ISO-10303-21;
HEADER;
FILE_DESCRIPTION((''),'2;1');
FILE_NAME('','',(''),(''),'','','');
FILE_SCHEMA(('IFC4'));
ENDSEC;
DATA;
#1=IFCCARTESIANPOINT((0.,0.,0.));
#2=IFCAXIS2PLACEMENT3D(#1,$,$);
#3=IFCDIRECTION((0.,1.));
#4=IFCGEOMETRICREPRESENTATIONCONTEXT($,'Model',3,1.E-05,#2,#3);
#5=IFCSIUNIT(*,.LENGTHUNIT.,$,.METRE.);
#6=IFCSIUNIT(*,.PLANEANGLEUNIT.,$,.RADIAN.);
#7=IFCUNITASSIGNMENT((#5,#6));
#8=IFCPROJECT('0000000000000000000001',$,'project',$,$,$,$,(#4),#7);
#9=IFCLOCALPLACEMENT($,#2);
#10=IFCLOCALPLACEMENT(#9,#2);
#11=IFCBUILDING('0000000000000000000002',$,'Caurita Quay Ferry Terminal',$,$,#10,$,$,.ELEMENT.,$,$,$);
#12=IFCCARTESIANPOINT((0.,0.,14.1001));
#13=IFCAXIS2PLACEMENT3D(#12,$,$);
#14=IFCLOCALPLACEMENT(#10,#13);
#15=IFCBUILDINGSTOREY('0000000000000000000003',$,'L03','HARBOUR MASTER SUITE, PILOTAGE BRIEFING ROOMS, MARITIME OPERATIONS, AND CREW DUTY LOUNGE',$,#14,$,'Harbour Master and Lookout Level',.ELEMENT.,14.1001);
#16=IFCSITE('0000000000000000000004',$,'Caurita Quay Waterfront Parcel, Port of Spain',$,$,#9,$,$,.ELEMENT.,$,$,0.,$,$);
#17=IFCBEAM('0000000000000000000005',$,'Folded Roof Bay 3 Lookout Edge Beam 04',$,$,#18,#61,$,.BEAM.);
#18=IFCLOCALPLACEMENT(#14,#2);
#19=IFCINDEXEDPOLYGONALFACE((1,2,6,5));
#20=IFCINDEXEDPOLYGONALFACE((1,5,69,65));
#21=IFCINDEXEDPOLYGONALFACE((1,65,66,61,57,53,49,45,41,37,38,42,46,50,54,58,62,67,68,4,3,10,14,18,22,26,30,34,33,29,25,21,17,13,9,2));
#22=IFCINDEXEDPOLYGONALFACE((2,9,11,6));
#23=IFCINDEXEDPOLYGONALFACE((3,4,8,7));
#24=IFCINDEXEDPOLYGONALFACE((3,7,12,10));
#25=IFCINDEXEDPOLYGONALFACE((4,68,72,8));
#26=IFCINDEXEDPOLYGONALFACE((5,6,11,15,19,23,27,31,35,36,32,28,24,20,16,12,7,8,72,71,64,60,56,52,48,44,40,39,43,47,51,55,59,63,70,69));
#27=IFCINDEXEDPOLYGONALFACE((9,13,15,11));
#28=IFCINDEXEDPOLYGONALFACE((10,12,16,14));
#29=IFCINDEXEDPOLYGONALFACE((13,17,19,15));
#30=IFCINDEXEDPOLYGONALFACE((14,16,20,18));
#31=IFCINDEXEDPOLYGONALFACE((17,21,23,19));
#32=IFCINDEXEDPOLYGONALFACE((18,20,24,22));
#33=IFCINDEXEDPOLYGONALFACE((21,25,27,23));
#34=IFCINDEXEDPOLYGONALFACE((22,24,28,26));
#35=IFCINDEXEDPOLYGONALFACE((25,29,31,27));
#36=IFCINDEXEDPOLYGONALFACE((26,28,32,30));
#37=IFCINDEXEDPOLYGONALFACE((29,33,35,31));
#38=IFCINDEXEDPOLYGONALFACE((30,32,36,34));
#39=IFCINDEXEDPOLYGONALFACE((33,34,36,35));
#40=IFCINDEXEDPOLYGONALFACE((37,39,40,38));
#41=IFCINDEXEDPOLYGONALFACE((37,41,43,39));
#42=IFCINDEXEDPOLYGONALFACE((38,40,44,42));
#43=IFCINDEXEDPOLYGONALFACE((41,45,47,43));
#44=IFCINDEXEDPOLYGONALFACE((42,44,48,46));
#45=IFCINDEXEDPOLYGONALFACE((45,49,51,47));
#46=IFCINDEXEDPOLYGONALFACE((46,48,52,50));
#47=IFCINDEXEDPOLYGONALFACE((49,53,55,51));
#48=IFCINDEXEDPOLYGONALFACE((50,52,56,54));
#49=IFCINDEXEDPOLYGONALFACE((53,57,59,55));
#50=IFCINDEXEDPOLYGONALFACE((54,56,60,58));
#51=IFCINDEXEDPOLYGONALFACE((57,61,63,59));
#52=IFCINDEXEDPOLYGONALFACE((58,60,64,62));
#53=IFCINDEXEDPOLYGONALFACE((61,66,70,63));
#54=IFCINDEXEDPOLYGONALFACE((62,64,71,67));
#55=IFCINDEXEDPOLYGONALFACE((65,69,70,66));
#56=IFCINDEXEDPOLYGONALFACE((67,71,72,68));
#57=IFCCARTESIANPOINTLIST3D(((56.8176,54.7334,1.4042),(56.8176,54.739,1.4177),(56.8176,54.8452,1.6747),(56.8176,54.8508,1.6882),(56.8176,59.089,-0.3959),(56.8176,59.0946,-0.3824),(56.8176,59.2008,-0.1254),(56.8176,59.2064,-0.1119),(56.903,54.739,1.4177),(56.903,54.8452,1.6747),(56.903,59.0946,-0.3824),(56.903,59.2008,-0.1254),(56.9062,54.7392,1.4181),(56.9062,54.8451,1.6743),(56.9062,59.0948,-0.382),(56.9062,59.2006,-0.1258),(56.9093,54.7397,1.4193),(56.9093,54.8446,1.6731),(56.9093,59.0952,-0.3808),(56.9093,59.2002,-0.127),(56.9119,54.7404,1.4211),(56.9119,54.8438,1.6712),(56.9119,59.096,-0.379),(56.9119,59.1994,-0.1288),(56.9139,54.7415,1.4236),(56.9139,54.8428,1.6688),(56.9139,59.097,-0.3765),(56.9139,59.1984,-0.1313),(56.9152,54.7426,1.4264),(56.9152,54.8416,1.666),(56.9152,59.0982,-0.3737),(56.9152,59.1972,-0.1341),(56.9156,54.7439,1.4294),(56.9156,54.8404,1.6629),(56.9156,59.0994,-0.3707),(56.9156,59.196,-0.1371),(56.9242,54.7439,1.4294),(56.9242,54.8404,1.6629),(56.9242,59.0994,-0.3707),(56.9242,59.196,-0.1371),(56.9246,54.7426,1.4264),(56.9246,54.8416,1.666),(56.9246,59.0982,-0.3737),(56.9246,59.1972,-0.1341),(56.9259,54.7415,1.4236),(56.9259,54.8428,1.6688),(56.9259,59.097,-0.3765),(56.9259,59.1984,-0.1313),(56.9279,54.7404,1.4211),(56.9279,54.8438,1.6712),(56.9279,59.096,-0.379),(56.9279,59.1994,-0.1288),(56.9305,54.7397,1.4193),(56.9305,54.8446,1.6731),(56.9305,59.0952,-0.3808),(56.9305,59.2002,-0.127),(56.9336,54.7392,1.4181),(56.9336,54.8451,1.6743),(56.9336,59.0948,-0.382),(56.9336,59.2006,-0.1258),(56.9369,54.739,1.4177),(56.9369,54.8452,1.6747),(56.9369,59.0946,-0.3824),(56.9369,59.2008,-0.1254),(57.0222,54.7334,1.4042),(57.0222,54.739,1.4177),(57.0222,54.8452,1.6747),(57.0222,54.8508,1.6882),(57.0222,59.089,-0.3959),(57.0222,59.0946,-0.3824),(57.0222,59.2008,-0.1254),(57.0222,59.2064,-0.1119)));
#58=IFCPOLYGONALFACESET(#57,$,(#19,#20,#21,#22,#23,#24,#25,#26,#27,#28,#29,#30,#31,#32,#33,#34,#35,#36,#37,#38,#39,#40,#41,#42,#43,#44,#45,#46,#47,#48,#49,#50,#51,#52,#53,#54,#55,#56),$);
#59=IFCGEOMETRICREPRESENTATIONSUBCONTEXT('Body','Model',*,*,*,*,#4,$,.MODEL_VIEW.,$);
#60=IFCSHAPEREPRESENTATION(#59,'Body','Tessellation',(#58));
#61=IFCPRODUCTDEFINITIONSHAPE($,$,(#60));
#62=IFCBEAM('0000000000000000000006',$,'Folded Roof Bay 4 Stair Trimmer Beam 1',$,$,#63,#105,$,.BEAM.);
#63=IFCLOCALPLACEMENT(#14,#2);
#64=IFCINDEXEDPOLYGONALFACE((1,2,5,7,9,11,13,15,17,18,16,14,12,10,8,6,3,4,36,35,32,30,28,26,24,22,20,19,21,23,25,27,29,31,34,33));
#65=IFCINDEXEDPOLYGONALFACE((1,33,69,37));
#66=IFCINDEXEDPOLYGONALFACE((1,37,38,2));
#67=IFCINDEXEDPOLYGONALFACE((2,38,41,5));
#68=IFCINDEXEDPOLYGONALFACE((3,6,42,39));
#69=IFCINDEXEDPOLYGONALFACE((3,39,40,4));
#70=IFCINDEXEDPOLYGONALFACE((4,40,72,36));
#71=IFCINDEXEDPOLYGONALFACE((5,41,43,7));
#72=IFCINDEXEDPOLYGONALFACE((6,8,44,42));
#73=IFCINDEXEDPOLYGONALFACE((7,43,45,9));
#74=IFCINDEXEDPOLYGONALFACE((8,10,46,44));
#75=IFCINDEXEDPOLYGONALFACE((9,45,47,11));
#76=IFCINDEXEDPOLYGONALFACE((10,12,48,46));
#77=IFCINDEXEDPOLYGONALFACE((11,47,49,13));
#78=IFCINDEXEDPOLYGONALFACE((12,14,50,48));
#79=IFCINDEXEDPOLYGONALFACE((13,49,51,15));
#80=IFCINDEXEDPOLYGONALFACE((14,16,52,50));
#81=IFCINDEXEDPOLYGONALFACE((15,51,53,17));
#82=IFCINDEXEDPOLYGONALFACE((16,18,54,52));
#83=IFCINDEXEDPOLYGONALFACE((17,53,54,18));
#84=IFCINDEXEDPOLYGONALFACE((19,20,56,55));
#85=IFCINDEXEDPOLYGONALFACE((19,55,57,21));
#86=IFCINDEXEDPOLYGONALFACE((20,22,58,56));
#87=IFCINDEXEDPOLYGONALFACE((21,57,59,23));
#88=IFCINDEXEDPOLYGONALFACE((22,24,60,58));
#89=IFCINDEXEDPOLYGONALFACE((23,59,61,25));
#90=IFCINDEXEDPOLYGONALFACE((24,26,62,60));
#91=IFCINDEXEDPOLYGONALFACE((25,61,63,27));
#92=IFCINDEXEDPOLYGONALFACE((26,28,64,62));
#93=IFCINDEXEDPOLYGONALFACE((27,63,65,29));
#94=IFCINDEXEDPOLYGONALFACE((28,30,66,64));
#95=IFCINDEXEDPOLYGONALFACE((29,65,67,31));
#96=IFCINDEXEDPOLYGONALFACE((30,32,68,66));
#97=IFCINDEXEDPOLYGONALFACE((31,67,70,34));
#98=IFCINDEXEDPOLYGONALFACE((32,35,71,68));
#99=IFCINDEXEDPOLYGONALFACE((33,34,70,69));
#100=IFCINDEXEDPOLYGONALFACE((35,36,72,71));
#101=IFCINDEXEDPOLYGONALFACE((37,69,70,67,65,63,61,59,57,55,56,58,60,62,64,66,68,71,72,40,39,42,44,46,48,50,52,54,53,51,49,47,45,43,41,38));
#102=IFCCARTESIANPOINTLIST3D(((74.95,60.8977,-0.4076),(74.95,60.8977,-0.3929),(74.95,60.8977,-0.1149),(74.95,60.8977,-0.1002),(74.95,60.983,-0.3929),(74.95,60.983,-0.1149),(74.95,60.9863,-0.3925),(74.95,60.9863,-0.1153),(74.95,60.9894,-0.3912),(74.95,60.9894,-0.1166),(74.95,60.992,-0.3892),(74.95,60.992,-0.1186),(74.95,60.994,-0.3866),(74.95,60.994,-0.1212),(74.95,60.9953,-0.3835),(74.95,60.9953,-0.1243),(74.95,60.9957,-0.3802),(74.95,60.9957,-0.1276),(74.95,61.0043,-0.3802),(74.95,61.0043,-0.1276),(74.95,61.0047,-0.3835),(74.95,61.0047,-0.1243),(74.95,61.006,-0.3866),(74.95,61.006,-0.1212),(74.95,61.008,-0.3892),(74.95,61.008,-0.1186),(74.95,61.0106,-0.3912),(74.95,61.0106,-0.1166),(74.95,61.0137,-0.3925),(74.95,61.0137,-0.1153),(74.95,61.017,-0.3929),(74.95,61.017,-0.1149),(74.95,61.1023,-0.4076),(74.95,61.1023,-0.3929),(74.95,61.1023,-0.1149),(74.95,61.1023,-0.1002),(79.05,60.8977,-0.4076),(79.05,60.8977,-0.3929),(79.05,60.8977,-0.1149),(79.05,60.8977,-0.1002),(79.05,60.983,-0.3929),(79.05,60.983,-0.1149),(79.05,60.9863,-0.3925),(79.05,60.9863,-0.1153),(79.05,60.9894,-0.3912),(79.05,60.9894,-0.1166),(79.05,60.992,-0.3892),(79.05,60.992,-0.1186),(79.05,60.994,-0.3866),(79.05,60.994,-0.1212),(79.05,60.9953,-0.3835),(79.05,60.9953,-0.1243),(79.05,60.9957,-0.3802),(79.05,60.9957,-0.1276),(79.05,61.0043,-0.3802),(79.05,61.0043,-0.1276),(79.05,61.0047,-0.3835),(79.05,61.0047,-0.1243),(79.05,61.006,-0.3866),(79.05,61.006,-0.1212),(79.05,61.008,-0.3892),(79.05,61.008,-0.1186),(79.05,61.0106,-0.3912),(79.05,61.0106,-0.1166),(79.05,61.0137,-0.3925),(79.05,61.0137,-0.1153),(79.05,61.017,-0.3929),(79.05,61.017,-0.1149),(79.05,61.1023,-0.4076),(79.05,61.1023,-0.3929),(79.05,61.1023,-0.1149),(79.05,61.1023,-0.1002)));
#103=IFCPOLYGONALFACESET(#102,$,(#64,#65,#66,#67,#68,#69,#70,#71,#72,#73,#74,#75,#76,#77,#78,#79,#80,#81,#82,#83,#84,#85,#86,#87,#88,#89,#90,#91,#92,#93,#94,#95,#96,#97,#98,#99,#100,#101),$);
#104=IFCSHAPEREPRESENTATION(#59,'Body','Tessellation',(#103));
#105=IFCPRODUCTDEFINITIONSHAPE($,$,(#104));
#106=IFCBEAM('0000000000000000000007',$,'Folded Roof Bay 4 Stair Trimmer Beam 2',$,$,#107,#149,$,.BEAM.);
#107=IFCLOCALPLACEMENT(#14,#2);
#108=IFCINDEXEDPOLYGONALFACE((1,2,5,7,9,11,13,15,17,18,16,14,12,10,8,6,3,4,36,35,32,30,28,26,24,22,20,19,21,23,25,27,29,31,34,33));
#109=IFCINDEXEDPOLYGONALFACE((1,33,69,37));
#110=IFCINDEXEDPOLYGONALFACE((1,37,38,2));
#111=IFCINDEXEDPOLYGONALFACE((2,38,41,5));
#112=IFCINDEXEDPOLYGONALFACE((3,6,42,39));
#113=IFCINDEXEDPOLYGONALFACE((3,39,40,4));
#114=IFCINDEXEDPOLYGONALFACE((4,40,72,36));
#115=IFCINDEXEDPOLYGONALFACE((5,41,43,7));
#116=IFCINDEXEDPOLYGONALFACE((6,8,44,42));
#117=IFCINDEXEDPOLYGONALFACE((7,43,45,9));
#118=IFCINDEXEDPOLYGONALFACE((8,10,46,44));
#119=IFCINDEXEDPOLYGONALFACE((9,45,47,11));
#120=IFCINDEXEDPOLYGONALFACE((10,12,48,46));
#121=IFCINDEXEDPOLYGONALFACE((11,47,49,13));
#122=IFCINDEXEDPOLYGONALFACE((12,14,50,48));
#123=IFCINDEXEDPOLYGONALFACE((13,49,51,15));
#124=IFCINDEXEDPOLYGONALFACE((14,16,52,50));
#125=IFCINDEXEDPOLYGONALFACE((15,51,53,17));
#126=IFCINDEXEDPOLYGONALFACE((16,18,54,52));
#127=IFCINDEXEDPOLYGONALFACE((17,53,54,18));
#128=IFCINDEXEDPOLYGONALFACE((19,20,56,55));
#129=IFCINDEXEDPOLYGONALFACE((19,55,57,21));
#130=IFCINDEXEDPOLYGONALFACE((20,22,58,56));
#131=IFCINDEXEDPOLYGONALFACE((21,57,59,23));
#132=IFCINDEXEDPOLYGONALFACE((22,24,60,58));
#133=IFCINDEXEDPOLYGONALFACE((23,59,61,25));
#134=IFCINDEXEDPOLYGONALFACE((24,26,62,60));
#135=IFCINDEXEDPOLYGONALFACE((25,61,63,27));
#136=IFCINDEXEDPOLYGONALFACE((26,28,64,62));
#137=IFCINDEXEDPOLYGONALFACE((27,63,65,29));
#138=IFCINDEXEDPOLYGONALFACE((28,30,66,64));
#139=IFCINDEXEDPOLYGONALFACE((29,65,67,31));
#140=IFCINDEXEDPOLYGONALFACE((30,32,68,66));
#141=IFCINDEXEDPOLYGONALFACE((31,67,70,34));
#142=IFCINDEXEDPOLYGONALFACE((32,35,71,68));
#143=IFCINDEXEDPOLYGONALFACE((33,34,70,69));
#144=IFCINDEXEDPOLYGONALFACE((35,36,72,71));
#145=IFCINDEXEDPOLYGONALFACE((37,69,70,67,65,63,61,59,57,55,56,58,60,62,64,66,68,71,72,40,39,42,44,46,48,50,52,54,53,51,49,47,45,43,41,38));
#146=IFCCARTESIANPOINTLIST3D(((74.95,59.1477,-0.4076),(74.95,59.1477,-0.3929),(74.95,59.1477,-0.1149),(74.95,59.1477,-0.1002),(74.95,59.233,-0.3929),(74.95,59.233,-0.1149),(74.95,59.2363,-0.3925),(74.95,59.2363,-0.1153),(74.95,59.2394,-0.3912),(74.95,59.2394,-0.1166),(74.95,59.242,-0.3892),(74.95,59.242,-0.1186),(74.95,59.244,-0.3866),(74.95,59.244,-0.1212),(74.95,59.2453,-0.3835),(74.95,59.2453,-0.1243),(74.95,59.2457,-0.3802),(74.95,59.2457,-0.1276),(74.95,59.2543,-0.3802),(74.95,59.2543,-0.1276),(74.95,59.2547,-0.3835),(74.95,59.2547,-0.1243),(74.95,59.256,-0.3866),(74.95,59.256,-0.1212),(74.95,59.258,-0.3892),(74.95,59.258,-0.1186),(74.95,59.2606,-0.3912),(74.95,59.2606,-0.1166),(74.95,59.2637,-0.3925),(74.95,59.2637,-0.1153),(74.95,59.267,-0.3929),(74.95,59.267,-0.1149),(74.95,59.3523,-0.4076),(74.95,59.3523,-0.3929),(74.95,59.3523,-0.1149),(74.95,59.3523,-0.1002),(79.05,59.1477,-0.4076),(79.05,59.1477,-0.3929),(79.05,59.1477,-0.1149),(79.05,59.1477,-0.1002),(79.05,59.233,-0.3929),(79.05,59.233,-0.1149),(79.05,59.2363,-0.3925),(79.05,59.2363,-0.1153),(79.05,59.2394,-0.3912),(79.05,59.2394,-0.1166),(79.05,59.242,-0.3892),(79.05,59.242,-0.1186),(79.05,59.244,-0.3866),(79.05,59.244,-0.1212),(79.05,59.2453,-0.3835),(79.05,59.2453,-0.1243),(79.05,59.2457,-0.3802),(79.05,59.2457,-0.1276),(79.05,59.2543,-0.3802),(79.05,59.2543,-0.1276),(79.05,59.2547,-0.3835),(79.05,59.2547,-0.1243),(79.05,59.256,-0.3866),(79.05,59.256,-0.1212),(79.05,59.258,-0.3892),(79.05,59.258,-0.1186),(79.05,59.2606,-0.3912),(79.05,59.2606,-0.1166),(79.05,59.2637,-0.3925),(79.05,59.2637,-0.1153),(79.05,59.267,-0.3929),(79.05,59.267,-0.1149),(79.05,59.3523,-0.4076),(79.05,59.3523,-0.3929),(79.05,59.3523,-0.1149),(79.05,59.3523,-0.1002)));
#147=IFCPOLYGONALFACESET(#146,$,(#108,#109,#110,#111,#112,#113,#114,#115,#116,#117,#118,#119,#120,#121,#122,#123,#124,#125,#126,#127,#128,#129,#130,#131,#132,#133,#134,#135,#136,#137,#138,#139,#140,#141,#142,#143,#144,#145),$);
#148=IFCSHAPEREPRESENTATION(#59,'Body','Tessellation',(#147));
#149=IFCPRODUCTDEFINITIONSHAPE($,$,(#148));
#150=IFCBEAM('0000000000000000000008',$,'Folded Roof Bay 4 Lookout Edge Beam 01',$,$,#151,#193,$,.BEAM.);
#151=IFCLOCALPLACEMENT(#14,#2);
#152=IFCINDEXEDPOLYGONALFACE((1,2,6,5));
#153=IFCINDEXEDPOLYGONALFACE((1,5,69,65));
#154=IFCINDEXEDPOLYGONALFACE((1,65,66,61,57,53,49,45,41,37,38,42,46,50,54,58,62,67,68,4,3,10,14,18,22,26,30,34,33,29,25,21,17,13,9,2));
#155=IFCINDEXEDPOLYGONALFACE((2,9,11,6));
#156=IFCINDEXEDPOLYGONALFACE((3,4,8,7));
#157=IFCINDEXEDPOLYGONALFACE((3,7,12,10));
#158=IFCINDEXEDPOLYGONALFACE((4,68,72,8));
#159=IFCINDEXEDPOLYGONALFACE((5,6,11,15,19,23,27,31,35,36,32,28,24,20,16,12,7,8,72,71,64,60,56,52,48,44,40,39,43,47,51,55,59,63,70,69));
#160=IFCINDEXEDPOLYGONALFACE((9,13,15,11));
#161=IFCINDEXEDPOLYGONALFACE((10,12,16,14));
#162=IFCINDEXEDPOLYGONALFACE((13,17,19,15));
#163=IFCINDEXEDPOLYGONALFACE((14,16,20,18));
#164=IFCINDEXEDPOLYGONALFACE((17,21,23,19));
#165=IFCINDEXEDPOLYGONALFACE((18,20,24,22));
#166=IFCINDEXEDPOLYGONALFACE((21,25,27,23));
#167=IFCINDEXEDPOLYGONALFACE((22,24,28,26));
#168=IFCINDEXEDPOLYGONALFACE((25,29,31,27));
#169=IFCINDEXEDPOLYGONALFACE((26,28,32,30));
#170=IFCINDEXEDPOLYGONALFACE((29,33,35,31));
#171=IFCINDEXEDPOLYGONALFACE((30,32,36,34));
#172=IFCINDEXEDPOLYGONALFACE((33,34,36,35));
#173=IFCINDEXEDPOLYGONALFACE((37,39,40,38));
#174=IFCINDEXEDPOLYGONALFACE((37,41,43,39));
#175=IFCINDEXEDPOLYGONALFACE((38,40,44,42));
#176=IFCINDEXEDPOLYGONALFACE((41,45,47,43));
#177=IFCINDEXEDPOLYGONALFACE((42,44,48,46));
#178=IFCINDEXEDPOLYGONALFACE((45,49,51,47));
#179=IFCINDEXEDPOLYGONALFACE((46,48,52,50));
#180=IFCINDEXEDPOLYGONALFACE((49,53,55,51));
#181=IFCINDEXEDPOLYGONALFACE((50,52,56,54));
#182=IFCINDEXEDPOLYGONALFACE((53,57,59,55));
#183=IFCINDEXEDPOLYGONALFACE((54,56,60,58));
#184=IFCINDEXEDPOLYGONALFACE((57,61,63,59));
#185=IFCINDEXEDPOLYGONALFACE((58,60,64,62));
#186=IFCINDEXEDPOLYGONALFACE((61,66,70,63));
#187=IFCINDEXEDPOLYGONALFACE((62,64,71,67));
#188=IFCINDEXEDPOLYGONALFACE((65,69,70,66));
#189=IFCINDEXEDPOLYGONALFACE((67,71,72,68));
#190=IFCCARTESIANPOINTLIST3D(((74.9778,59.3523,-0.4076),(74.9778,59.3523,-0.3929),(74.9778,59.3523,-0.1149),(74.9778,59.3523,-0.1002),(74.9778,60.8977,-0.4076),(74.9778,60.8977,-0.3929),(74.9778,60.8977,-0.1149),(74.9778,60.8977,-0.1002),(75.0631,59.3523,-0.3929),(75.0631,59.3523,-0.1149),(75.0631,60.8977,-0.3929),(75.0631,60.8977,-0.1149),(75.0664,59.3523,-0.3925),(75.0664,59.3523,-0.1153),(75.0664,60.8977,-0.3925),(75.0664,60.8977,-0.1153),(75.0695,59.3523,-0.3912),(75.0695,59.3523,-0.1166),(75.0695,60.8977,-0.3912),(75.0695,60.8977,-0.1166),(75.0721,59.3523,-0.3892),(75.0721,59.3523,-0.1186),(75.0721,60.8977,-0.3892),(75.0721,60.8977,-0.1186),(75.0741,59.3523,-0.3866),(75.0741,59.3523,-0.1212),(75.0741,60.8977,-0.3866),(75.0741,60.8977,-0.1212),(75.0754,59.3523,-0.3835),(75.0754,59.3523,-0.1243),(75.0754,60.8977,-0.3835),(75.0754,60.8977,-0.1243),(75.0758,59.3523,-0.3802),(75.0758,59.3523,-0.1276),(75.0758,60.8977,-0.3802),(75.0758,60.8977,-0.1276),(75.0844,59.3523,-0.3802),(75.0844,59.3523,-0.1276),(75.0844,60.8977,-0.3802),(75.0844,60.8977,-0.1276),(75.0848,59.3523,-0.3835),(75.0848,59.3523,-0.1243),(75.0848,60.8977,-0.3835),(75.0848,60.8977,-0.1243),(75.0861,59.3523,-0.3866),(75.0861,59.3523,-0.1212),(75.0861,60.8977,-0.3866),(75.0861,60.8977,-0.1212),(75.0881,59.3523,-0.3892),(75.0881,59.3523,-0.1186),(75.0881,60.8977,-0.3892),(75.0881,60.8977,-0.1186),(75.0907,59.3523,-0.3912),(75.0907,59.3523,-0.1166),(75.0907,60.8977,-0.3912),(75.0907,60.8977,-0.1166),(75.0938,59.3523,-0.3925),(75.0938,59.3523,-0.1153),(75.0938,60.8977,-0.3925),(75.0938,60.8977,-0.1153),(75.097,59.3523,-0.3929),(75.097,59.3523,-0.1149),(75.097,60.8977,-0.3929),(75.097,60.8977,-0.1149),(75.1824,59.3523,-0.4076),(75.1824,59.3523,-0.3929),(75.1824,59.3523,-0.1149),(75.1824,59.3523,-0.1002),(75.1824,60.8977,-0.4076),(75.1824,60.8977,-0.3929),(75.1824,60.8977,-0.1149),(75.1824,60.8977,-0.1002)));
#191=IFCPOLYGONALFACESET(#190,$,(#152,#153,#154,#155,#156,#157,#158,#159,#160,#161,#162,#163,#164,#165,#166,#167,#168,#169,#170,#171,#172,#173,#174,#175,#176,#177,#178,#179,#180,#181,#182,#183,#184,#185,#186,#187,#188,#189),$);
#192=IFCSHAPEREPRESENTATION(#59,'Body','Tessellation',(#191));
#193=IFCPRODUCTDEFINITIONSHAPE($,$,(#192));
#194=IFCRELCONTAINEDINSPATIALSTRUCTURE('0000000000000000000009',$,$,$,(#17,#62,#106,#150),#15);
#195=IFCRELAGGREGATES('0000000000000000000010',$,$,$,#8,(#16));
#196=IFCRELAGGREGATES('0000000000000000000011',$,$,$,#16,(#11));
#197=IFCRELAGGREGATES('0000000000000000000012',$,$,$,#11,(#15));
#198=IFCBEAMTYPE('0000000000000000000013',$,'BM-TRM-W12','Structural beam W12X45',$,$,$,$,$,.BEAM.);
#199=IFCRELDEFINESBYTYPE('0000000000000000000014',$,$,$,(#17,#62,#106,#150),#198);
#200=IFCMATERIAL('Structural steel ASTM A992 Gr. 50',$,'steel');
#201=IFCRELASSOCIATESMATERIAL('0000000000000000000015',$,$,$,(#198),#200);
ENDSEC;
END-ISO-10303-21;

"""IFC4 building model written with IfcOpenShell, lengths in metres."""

from ifc_helpers import new_model, si_unit, direction, frame, origin, origin_2d, place, context, subcontext, project, spatial, i_section, extrude, material, material_profile, profile_set, type_object, element, save


model = new_model("IFC4")

# Units and contexts
model_context = context("Model", 3, precision=1e-05, world=origin(), true_north=direction((0.0, 1.0)))
body_context = subcontext(model_context, "Body", "Model", "MODEL_VIEW")
ifc_project = project(units=[si_unit("LENGTHUNIT", "METRE"), si_unit("PLANEANGLEUNIT", "RADIAN")], contexts=[model_context])

# Site, building, storey
site_placement = place(None, origin())
site = spatial("IfcSite", under=ifc_project, at=site_placement, Name="Caurita Quay Waterfront Parcel, Port of Spain", CompositionType="ELEMENT", RefElevation=0.0)
building_placement = place(site_placement, origin())
building = spatial("IfcBuilding", under=site, at=building_placement, Name="Caurita Quay Ferry Terminal", CompositionType="ELEMENT")
storey_placement = place(building_placement, frame((0.0, 0.0, 14.1001)))
storey = spatial("IfcBuildingStorey", under=building, at=storey_placement, Name="L03", Description="HARBOUR MASTER SUITE, PILOTAGE BRIEFING ROOMS, MARITIME OPERATIONS, AND CREW DUTY LOUNGE", LongName="Harbour Master and Lookout Level", CompositionType="ELEMENT", Elevation=14.1001)

# Beams
ifc_material_1 = material(Name="Structural steel ASTM A992 Gr. 50", Category="steel")
ifc_material_profile_1 = material_profile(ifc_material_1, i_section(OverallWidth=0.2046, OverallDepth=0.3074, WebThickness=0.0085, FlangeThickness=0.0146, FilletRadius=0.0127, at=origin_2d()), Name="W12X45")
ifc_profile_set_1 = profile_set([ifc_material_profile_1], Name="Structural steel ASTM A992 Gr. 50")
beam_type_1 = type_object("IfcBeamType", Name="BM-TRM-W12", Description="Structural beam W12X45", PredefinedType="BEAM", material=ifc_profile_set_1)
beam_1_placement = place(storey_placement, frame((56.9199, 59.1477, -0.2539), z_axis=(0.0, -0.924183, 0.381951), x_axis=(1.0, 0.0, 0.0)))
element("IfcBeam", 1, at=beam_1_placement, inside=storey, type_object=beam_type_1, Name="Folded Roof Bay 3 Lookout Edge Beam 04", PredefinedType="BEAM", context=body_context, shape_type="SweptSolid", body=[
    extrude(i_section(OverallWidth=0.2046, OverallDepth=0.3074, WebThickness=0.0085, FlangeThickness=0.0146, FilletRadius=0.0127, at=origin_2d()), origin(), (0.0, 0.0, 1.0), 4.7129),
])
for number, where, z_axis, x_axis, name in (
    (2, (74.95, 61.0, -0.2539), (1.0, 0.0, 0.0), (0.0, 1.0, 0.0), "Folded Roof Bay 4 Stair Trimmer Beam 1"),
    (3, (74.95, 59.25, -0.2539), (1.0, 0.0, 0.0), (0.0, 1.0, 0.0), "Folded Roof Bay 4 Stair Trimmer Beam 2"),
):
    element("IfcBeam", number, at=place(storey_placement, frame(where, z_axis=z_axis, x_axis=x_axis)), inside=storey, type_object=beam_type_1, Name=name, PredefinedType="BEAM", context=body_context, shape_type="SweptSolid", body=[
        extrude(i_section(OverallWidth=0.2046, OverallDepth=0.3074, WebThickness=0.0085, FlangeThickness=0.0146, FilletRadius=0.0127, at=origin_2d()), origin(), (0.0, 0.0, 1.0), 4.1001),
    ])
beam_2_placement = place(storey_placement, frame((75.0801, 60.8977, -0.2539), z_axis=(0.0, -1.0, 0.0), x_axis=(1.0, 0.0, 0.0)))
element("IfcBeam", 4, at=beam_2_placement, inside=storey, type_object=beam_type_1, Name="Folded Roof Bay 4 Lookout Edge Beam 01", PredefinedType="BEAM", context=body_context, shape_type="SweptSolid", body=[
    extrude(i_section(OverallWidth=0.2046, OverallDepth=0.3074, WebThickness=0.0085, FlangeThickness=0.0146, FilletRadius=0.0127, at=origin_2d()), origin(), (0.0, 0.0, 1.0), 1.5454),
])

save(model, "model.ifc")
